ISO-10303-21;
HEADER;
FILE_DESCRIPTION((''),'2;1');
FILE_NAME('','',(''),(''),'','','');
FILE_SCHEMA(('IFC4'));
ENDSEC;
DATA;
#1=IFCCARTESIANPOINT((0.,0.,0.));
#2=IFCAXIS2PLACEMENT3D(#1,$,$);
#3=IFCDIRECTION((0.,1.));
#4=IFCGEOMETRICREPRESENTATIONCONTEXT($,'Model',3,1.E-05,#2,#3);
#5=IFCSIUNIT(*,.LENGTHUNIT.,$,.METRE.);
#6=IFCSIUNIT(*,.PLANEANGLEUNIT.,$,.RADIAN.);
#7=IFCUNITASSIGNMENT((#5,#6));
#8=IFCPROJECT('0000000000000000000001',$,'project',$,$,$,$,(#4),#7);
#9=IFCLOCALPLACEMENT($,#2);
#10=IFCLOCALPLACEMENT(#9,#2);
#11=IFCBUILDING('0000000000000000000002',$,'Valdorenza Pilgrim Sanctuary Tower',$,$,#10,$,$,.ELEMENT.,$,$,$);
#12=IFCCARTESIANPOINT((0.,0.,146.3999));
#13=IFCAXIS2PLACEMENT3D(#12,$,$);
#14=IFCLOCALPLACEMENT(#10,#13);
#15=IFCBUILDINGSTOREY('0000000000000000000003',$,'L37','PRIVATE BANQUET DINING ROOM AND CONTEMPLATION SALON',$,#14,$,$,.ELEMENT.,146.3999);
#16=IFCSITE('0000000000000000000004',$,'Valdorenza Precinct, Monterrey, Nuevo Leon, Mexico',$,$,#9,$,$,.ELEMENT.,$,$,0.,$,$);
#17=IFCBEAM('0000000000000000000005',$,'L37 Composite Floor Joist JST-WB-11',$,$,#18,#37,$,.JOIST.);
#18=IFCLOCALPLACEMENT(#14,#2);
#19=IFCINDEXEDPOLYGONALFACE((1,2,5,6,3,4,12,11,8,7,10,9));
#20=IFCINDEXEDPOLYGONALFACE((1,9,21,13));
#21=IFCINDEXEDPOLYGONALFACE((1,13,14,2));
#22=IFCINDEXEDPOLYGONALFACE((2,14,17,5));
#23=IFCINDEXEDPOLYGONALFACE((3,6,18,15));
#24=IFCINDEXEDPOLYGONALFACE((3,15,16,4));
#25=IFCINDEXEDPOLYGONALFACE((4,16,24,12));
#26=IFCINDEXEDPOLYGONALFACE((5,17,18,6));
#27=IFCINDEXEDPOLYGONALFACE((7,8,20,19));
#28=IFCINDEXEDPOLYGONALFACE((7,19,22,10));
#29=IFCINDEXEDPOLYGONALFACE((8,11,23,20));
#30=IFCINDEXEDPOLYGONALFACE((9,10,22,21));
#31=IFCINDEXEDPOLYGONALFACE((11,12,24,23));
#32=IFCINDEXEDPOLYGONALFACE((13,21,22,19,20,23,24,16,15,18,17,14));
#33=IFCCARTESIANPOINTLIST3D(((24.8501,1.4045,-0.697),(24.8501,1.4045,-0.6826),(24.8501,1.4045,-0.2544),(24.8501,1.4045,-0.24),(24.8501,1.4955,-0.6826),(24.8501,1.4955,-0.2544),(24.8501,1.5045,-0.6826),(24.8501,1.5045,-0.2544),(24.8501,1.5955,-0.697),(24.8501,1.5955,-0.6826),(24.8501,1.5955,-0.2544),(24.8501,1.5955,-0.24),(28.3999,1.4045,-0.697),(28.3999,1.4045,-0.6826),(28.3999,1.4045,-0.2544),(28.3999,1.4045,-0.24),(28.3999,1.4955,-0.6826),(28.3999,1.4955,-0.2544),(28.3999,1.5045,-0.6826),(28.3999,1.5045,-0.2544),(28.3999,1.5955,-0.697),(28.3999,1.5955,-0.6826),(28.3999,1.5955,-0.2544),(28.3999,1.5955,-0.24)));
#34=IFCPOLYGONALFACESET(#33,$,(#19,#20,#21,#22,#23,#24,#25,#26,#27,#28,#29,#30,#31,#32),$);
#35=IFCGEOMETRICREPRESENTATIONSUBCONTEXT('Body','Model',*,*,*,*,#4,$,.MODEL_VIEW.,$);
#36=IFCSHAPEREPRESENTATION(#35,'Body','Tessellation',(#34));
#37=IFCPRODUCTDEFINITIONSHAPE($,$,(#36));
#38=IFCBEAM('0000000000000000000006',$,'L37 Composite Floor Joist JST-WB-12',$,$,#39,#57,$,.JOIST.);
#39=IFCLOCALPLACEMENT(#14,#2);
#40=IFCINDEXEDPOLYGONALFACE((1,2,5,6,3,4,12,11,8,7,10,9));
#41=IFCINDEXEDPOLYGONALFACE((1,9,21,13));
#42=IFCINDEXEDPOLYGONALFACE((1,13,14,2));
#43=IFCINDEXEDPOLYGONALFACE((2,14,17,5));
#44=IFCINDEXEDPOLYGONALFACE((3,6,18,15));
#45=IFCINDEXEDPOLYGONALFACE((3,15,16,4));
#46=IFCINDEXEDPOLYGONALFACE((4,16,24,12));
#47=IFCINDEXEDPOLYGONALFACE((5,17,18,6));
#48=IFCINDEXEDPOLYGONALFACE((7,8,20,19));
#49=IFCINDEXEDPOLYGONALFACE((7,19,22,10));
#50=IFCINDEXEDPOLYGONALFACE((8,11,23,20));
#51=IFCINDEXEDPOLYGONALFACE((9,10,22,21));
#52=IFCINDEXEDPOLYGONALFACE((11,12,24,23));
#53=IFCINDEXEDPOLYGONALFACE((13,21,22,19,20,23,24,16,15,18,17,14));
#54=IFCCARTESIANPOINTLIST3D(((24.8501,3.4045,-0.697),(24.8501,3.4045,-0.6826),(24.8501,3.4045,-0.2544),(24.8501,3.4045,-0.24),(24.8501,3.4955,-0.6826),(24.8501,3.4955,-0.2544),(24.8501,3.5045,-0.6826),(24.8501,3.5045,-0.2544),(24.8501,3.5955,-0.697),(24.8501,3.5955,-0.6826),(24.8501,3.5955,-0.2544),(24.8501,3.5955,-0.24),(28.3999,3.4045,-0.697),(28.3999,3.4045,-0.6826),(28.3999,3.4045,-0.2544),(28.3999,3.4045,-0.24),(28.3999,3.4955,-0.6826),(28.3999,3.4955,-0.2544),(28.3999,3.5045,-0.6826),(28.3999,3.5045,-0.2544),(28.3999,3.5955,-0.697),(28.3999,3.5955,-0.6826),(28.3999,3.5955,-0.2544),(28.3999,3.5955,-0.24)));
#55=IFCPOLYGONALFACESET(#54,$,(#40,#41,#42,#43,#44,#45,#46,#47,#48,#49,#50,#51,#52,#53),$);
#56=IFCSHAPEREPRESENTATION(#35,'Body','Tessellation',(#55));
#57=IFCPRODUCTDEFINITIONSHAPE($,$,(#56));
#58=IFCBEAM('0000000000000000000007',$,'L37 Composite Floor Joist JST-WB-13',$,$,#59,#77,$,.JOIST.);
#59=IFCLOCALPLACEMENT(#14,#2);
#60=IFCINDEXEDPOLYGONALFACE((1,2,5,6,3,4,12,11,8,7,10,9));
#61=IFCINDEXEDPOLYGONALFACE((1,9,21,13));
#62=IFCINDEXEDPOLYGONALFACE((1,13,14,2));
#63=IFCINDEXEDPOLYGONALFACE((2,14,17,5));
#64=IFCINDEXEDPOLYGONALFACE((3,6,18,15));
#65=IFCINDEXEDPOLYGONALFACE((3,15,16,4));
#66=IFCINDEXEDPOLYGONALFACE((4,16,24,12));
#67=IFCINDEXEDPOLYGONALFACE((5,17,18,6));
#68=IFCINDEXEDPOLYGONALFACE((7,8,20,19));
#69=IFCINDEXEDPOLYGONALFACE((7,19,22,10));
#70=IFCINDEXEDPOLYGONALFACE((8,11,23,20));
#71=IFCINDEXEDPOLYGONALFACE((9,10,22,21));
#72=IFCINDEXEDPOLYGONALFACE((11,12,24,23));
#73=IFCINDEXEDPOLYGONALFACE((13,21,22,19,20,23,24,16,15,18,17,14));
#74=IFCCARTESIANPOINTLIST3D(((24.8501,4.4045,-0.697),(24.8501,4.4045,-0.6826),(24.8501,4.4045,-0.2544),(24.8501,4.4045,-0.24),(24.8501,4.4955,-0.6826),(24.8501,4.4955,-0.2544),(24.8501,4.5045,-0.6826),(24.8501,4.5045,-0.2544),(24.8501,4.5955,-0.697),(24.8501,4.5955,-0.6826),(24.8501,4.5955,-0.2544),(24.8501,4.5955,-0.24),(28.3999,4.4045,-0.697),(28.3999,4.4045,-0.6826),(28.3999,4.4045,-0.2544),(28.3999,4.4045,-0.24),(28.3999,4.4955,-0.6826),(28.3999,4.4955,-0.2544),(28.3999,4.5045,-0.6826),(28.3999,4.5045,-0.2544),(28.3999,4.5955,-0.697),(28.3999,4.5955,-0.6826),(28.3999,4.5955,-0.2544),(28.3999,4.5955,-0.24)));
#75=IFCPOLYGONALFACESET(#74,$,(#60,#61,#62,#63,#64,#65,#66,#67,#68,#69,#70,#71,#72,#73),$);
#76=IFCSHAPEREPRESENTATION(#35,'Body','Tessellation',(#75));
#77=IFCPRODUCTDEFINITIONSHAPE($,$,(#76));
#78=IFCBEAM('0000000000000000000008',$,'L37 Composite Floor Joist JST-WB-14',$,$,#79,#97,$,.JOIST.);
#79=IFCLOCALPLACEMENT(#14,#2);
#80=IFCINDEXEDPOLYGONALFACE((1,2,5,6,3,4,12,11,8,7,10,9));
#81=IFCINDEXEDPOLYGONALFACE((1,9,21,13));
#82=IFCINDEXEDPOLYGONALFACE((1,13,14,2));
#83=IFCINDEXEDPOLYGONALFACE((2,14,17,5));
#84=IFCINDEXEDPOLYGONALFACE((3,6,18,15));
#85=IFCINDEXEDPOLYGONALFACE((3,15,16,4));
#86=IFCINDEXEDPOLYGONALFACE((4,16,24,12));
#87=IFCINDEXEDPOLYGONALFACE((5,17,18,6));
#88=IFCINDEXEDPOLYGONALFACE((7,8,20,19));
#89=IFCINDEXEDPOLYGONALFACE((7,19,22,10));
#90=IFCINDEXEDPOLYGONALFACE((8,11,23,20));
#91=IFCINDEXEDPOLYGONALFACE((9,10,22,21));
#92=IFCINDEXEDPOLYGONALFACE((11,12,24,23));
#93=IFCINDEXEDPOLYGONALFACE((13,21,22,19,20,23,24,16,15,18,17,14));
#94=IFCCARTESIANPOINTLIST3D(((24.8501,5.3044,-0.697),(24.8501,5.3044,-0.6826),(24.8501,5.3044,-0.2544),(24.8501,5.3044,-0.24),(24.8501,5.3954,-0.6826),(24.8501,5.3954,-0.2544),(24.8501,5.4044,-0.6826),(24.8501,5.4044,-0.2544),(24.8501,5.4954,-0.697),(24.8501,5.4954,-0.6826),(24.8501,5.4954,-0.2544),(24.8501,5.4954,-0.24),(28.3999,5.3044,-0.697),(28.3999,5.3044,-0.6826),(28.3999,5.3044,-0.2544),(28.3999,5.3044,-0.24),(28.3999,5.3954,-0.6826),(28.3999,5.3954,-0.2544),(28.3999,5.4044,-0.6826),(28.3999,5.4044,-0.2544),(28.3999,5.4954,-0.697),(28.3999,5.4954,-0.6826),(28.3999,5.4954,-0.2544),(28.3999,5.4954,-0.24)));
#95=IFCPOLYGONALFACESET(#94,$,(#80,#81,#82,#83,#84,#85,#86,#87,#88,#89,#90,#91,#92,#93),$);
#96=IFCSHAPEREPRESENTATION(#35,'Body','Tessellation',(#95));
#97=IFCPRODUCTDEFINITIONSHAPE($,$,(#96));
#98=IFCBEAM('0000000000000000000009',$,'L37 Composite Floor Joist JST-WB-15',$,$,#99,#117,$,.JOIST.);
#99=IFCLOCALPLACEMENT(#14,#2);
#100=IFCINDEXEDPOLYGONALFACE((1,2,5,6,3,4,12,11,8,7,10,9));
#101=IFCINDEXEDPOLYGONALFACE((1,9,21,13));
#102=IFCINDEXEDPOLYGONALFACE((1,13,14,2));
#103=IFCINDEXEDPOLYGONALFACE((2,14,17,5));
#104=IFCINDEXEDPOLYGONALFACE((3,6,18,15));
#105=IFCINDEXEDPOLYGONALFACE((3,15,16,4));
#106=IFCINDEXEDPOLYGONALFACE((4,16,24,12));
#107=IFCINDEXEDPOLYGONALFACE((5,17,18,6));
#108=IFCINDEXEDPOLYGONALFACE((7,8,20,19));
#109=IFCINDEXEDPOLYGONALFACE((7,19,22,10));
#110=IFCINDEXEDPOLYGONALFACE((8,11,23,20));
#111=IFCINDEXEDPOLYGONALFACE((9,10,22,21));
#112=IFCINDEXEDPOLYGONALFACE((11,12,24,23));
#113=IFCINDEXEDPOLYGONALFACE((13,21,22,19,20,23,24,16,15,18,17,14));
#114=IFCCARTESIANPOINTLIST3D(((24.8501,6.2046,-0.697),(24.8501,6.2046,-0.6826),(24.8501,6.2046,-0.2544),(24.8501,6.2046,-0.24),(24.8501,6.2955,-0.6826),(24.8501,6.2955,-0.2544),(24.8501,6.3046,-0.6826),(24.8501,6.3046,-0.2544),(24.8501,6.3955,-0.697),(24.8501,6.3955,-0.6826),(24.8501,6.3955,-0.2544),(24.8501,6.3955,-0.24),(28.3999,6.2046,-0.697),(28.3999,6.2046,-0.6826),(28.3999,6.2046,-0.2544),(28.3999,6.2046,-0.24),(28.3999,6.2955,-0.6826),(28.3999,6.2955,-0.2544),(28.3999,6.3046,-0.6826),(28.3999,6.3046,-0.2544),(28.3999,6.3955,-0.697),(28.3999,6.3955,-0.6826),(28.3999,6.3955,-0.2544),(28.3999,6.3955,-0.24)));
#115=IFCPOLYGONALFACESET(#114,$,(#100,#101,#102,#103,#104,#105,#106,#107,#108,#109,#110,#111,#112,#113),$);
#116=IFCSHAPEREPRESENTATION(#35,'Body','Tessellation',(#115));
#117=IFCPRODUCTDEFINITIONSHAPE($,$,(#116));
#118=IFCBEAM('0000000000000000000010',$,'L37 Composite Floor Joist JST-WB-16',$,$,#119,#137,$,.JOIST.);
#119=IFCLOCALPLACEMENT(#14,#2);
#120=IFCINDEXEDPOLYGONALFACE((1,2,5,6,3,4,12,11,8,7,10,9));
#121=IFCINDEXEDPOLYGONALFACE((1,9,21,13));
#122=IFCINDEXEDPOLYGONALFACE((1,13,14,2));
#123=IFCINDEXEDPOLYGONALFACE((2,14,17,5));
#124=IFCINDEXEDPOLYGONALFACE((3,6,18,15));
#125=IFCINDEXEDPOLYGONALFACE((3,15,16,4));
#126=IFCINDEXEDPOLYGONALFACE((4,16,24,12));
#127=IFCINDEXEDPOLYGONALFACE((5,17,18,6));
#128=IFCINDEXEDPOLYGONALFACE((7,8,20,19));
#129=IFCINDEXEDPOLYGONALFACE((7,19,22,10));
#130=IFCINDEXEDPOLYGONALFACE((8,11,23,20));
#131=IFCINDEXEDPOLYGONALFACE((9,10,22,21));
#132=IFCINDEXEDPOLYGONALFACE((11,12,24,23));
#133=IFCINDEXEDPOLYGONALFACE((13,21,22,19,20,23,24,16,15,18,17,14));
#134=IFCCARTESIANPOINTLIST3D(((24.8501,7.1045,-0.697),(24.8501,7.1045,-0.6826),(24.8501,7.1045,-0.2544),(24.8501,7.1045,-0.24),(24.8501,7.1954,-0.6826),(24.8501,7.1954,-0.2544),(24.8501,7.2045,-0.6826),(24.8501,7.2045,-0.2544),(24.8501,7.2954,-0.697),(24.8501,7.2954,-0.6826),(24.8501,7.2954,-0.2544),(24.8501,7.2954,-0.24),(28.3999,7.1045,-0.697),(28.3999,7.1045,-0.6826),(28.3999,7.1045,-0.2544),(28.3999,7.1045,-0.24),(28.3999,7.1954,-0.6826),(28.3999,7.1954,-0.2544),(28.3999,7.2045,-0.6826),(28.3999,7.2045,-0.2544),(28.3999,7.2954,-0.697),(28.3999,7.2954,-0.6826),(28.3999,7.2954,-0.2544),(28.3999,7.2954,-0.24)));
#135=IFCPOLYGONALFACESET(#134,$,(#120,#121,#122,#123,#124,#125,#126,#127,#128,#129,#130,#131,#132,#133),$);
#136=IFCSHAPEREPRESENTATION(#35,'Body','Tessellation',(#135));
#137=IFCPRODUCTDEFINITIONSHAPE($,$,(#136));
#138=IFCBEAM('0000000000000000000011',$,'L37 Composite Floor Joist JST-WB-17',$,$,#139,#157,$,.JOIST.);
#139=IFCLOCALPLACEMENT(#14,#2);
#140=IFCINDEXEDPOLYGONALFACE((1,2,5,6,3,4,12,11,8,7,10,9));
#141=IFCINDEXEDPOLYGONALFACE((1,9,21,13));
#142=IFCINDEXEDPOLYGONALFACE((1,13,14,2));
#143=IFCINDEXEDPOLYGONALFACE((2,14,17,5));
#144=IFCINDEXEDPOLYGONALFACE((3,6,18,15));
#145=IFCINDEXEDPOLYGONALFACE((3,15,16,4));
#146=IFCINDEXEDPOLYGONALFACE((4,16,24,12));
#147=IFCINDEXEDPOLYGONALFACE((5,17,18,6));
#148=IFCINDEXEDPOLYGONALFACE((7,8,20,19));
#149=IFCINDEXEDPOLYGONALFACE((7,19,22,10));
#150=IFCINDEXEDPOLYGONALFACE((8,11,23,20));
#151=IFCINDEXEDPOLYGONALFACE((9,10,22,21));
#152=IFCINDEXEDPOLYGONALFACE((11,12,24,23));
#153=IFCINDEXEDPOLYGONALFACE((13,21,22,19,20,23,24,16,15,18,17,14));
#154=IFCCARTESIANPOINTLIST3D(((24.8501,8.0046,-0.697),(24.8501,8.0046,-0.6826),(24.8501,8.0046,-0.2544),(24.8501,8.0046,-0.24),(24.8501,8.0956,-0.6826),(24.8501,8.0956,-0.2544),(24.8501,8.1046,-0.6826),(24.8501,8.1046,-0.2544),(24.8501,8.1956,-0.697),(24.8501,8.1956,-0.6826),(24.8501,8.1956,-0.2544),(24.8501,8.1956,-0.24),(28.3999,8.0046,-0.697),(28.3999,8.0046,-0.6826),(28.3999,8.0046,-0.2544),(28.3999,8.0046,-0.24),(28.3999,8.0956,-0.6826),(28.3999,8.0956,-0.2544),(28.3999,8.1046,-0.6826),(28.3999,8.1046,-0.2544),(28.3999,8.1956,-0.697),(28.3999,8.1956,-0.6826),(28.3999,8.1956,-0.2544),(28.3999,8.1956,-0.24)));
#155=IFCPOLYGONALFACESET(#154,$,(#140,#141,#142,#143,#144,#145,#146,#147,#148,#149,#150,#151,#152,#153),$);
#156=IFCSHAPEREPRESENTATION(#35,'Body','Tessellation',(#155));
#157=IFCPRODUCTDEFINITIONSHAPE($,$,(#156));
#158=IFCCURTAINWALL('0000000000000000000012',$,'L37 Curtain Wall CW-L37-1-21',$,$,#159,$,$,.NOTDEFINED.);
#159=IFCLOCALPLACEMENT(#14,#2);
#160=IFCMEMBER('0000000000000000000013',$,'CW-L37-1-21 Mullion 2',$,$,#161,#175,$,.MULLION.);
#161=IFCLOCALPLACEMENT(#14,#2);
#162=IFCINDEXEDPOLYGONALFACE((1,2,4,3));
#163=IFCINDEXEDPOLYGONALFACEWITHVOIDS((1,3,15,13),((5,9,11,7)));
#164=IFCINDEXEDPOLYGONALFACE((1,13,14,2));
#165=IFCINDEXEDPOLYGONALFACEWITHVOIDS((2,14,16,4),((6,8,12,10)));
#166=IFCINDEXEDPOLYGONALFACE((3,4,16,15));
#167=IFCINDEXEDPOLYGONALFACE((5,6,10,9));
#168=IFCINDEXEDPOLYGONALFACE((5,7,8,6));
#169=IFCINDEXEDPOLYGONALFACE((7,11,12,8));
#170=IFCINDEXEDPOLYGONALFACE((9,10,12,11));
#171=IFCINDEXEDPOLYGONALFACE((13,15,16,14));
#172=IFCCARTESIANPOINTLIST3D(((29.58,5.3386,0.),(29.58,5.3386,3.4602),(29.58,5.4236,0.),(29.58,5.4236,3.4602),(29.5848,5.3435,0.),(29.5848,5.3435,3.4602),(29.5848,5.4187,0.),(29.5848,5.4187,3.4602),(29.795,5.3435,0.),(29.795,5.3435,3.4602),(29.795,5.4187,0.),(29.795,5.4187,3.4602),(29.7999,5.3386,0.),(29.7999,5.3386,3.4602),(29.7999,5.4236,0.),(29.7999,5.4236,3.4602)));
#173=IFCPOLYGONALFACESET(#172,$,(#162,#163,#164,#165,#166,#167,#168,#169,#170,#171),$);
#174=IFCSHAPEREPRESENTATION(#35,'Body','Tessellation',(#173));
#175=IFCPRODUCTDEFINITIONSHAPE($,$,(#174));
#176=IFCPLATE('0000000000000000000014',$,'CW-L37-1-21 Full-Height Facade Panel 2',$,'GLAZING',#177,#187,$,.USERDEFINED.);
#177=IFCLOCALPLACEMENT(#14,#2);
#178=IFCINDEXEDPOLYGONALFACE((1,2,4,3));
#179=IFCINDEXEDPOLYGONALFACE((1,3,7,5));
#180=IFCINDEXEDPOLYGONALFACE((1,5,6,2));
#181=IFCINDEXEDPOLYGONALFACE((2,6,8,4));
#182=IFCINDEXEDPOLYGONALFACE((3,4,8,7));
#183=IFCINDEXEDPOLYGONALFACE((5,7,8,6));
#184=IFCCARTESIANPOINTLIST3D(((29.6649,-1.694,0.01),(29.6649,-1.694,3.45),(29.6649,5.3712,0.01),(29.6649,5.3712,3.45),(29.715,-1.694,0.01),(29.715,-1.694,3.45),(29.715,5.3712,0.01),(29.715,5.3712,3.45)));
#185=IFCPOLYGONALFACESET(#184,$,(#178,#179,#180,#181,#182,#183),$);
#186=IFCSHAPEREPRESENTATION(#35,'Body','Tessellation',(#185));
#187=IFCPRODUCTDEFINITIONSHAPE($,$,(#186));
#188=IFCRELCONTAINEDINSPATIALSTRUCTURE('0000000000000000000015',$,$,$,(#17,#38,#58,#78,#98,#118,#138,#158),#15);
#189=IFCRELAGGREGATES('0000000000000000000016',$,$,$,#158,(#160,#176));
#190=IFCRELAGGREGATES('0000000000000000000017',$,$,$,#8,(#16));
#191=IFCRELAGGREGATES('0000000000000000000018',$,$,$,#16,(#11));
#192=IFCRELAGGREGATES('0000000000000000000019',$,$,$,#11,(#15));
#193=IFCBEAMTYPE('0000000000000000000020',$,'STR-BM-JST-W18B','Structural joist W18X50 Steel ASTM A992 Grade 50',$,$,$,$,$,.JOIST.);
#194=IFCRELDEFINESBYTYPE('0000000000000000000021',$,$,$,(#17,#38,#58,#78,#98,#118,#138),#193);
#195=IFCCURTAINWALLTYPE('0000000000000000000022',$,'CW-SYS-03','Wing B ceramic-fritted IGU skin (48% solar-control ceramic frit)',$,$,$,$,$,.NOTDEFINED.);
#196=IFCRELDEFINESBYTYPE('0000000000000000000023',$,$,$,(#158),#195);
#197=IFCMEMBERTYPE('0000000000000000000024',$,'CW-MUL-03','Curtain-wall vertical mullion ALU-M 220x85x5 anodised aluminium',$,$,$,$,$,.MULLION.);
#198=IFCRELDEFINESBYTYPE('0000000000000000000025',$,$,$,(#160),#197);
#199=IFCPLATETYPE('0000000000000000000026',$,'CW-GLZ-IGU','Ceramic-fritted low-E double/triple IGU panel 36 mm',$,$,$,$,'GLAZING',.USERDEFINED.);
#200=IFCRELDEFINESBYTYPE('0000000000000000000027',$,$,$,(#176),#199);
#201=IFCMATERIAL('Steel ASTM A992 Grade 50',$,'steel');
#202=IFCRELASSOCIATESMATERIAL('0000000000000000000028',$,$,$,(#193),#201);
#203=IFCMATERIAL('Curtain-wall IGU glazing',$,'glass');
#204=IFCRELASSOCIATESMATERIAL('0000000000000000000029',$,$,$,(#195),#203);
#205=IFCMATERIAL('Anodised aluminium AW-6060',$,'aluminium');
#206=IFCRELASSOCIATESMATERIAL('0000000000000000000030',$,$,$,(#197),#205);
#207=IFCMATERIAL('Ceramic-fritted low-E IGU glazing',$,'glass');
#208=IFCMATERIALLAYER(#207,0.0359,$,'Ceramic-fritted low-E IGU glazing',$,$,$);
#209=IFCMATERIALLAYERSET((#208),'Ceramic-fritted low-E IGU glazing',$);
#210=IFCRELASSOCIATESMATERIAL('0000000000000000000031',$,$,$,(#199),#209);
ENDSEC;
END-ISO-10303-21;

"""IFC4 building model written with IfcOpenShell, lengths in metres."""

from ifc_helpers import new_model, si_unit, direction, frame, origin, origin_2d, place, context, subcontext, project, spatial, rectangle, hollow_rectangle, i_section, extrude, source, transform, mapped, material, layer, layer_set, material_profile, profile_set, type_object, element, aggregate, save


model = new_model("IFC4")

# Units and contexts
model_context = context("Model", 3, precision=1e-05, world=origin(), true_north=direction((0.0, 1.0)))
body_context = subcontext(model_context, "Body", "Model", "MODEL_VIEW")
ifc_project = project(units=[si_unit("LENGTHUNIT", "METRE"), si_unit("PLANEANGLEUNIT", "RADIAN")], contexts=[model_context])

# Site, building, storey
site_placement = place(None, origin())
site = spatial("IfcSite", under=ifc_project, at=site_placement, Name="Valdorenza Precinct, Monterrey, Nuevo Leon, Mexico", CompositionType="ELEMENT", RefElevation=0.0)
building_placement = place(site_placement, origin())
building = spatial("IfcBuilding", under=site, at=building_placement, Name="Valdorenza Pilgrim Sanctuary Tower", CompositionType="ELEMENT")
storey_placement = place(building_placement, frame((0.0, 0.0, 146.3999)))
storey = spatial("IfcBuildingStorey", under=building, at=storey_placement, Name="L37", Description="PRIVATE BANQUET DINING ROOM AND CONTEMPLATION SALON", CompositionType="ELEMENT", Elevation=146.3999)

# Beams
ifc_material_1 = material(Name="Steel ASTM A992 Grade 50", Category="steel")
ifc_material_profile_1 = material_profile(ifc_material_1, i_section(OverallWidth=0.1909, OverallDepth=0.457, WebThickness=0.009, FlangeThickness=0.0144, at=origin_2d()), Name="W18X50")
ifc_profile_set_1 = profile_set([ifc_material_profile_1], Name="Steel ASTM A992 Grade 50")
beam_type = type_object("IfcBeamType", Name="STR-BM-JST-W18B", Description="Structural joist W18X50 Steel ASTM A992 Grade 50", PredefinedType="JOIST", material=ifc_profile_set_1)
shared_shape_1 = source(origin(), body_context, "Body", "SweptSolid", [
    extrude(i_section(OverallWidth=0.1909, OverallDepth=0.457, WebThickness=0.009, FlangeThickness=0.0144, at=origin_2d()), origin(), (0.0, 0.0, 1.0), 3.5498),
])
for number, where, z_axis, x_axis, name in (
    (1, (24.8501, 1.5, -0.4685), (1.0, 0.0, 0.0), (0.0, 1.0, 0.0), "L37 Composite Floor Joist JST-WB-11"),
    (2, (24.8501, 3.5, -0.4685), (1.0, 0.0, 0.0), (0.0, 1.0, 0.0), "L37 Composite Floor Joist JST-WB-12"),
    (3, (24.8501, 4.5, -0.4685), (1.0, 0.0, 0.0), (0.0, 1.0, 0.0), "L37 Composite Floor Joist JST-WB-13"),
    (4, (24.8501, 5.3999, -0.4685), (1.0, 0.0, 0.0), (0.0, 1.0, 0.0), "L37 Composite Floor Joist JST-WB-14"),
    (5, (24.8501, 6.3, -0.4685), (1.0, 0.0, 0.0), (0.0, 1.0, 0.0), "L37 Composite Floor Joist JST-WB-15"),
    (6, (24.8501, 7.2, -0.4685), (1.0, 0.0, 0.0), (0.0, 1.0, 0.0), "L37 Composite Floor Joist JST-WB-16"),
    (7, (24.8501, 8.1001, -0.4685), (1.0, 0.0, 0.0), (0.0, 1.0, 0.0), "L37 Composite Floor Joist JST-WB-17"),
):
    element("IfcBeam", number, at=place(storey_placement, frame(where, z_axis=z_axis, x_axis=x_axis)), inside=storey, type_object=beam_type, Name=name, PredefinedType="JOIST", context=body_context, shape_type="MappedRepresentation", body=[
        mapped(shared_shape_1, transform((0.0, 0.0, 0.0), x_axis=(1.0, 0.0, 0.0), y_axis=(0.0, 1.0, 0.0), z_axis=(0.0, 0.0, 1.0), scale=1.0)),
    ])

# Curtain wall, member, plate
ifc_material_2 = material(Name="Curtain-wall IGU glazing", Category="glass")
curtain_wall_type = type_object("IfcCurtainWallType", Name="CW-SYS-03", Description="Wing B ceramic-fritted IGU skin (48% solar-control ceramic frit)", PredefinedType="NOTDEFINED", material=ifc_material_2)
curtain_wall_placement = place(storey_placement, origin())
curtain_wall = element("IfcCurtainWall", 8, at=curtain_wall_placement, inside=storey, type_object=curtain_wall_type, Name="L37 Curtain Wall CW-L37-1-21", PredefinedType="NOTDEFINED")
ifc_material_3 = material(Name="Anodised aluminium AW-6060", Category="aluminium")
ifc_material_profile_2 = material_profile(ifc_material_3, hollow_rectangle(XDim=0.085, YDim=0.22, WallThickness=0.0049, at=origin_2d()), Name="ALU-M 220x85x5")
ifc_profile_set_2 = profile_set([ifc_material_profile_2], Name="Anodised aluminium AW-6060")
member_type = type_object("IfcMemberType", Name="CW-MUL-03", Description="Curtain-wall vertical mullion ALU-M 220x85x5 anodised aluminium", PredefinedType="MULLION", material=ifc_profile_set_2)
shared_shape_2 = source(origin(), body_context, "Body", "SweptSolid", [
    extrude(hollow_rectangle(XDim=0.085, YDim=0.22, WallThickness=0.0049, at=origin_2d()), origin(), (0.0, 0.0, 1.0), 3.4602),
])
member_placement = place(storey_placement, frame((29.6899, 5.3811, 0.0), z_axis=(0.0, 0.0, 1.0), x_axis=(0.0, -1.0, 0.0)))
member = element("IfcMember", 9, at=member_placement, type_object=member_type, Name="CW-L37-1-21 Mullion 2", PredefinedType="MULLION", context=body_context, shape_type="MappedRepresentation", body=[
    mapped(shared_shape_2, transform((0.0, 0.0, 0.0), x_axis=(1.0, 0.0, 0.0), y_axis=(0.0, 1.0, 0.0), z_axis=(0.0, 0.0, 1.0), scale=1.0)),
])
ifc_material_4 = material(Name="Ceramic-fritted low-E IGU glazing", Category="glass")
ifc_layer_1 = layer(ifc_material_4, 0.0359, Name="Ceramic-fritted low-E IGU glazing")
ifc_layer_set_1 = layer_set([ifc_layer_1], Name="Ceramic-fritted low-E IGU glazing")
plate_type = type_object("IfcPlateType", Name="CW-GLZ-IGU", Description="Ceramic-fritted low-E double/triple IGU panel 36 mm", ElementType="GLAZING", PredefinedType="USERDEFINED", material=ifc_layer_set_1)
shared_shape_3 = source(origin(), body_context, "Body", "SweptSolid", [
    extrude(rectangle(XDim=7.0652, YDim=0.05, at=origin_2d()), origin(), (0.0, 0.0, 1.0), 3.4399),
])
plate_placement = place(storey_placement, frame((29.6899, 1.8386, 0.01), z_axis=(0.0, 0.0, 1.0), x_axis=(0.0, -1.0, 0.0)))
plate = element("IfcPlate", 10, at=plate_placement, type_object=plate_type, Name="CW-L37-1-21 Full-Height Facade Panel 2", ObjectType="GLAZING", PredefinedType="USERDEFINED", context=body_context, shape_type="MappedRepresentation", body=[
    mapped(shared_shape_3, transform((0.0, 0.0, 0.0), x_axis=(1.0, 0.0, 0.0), y_axis=(0.0, 1.0, 0.0), z_axis=(0.0, 0.0, 1.0), scale=1.0)),
])
aggregate(curtain_wall, [member, plate])

save(model, "model.ifc")
